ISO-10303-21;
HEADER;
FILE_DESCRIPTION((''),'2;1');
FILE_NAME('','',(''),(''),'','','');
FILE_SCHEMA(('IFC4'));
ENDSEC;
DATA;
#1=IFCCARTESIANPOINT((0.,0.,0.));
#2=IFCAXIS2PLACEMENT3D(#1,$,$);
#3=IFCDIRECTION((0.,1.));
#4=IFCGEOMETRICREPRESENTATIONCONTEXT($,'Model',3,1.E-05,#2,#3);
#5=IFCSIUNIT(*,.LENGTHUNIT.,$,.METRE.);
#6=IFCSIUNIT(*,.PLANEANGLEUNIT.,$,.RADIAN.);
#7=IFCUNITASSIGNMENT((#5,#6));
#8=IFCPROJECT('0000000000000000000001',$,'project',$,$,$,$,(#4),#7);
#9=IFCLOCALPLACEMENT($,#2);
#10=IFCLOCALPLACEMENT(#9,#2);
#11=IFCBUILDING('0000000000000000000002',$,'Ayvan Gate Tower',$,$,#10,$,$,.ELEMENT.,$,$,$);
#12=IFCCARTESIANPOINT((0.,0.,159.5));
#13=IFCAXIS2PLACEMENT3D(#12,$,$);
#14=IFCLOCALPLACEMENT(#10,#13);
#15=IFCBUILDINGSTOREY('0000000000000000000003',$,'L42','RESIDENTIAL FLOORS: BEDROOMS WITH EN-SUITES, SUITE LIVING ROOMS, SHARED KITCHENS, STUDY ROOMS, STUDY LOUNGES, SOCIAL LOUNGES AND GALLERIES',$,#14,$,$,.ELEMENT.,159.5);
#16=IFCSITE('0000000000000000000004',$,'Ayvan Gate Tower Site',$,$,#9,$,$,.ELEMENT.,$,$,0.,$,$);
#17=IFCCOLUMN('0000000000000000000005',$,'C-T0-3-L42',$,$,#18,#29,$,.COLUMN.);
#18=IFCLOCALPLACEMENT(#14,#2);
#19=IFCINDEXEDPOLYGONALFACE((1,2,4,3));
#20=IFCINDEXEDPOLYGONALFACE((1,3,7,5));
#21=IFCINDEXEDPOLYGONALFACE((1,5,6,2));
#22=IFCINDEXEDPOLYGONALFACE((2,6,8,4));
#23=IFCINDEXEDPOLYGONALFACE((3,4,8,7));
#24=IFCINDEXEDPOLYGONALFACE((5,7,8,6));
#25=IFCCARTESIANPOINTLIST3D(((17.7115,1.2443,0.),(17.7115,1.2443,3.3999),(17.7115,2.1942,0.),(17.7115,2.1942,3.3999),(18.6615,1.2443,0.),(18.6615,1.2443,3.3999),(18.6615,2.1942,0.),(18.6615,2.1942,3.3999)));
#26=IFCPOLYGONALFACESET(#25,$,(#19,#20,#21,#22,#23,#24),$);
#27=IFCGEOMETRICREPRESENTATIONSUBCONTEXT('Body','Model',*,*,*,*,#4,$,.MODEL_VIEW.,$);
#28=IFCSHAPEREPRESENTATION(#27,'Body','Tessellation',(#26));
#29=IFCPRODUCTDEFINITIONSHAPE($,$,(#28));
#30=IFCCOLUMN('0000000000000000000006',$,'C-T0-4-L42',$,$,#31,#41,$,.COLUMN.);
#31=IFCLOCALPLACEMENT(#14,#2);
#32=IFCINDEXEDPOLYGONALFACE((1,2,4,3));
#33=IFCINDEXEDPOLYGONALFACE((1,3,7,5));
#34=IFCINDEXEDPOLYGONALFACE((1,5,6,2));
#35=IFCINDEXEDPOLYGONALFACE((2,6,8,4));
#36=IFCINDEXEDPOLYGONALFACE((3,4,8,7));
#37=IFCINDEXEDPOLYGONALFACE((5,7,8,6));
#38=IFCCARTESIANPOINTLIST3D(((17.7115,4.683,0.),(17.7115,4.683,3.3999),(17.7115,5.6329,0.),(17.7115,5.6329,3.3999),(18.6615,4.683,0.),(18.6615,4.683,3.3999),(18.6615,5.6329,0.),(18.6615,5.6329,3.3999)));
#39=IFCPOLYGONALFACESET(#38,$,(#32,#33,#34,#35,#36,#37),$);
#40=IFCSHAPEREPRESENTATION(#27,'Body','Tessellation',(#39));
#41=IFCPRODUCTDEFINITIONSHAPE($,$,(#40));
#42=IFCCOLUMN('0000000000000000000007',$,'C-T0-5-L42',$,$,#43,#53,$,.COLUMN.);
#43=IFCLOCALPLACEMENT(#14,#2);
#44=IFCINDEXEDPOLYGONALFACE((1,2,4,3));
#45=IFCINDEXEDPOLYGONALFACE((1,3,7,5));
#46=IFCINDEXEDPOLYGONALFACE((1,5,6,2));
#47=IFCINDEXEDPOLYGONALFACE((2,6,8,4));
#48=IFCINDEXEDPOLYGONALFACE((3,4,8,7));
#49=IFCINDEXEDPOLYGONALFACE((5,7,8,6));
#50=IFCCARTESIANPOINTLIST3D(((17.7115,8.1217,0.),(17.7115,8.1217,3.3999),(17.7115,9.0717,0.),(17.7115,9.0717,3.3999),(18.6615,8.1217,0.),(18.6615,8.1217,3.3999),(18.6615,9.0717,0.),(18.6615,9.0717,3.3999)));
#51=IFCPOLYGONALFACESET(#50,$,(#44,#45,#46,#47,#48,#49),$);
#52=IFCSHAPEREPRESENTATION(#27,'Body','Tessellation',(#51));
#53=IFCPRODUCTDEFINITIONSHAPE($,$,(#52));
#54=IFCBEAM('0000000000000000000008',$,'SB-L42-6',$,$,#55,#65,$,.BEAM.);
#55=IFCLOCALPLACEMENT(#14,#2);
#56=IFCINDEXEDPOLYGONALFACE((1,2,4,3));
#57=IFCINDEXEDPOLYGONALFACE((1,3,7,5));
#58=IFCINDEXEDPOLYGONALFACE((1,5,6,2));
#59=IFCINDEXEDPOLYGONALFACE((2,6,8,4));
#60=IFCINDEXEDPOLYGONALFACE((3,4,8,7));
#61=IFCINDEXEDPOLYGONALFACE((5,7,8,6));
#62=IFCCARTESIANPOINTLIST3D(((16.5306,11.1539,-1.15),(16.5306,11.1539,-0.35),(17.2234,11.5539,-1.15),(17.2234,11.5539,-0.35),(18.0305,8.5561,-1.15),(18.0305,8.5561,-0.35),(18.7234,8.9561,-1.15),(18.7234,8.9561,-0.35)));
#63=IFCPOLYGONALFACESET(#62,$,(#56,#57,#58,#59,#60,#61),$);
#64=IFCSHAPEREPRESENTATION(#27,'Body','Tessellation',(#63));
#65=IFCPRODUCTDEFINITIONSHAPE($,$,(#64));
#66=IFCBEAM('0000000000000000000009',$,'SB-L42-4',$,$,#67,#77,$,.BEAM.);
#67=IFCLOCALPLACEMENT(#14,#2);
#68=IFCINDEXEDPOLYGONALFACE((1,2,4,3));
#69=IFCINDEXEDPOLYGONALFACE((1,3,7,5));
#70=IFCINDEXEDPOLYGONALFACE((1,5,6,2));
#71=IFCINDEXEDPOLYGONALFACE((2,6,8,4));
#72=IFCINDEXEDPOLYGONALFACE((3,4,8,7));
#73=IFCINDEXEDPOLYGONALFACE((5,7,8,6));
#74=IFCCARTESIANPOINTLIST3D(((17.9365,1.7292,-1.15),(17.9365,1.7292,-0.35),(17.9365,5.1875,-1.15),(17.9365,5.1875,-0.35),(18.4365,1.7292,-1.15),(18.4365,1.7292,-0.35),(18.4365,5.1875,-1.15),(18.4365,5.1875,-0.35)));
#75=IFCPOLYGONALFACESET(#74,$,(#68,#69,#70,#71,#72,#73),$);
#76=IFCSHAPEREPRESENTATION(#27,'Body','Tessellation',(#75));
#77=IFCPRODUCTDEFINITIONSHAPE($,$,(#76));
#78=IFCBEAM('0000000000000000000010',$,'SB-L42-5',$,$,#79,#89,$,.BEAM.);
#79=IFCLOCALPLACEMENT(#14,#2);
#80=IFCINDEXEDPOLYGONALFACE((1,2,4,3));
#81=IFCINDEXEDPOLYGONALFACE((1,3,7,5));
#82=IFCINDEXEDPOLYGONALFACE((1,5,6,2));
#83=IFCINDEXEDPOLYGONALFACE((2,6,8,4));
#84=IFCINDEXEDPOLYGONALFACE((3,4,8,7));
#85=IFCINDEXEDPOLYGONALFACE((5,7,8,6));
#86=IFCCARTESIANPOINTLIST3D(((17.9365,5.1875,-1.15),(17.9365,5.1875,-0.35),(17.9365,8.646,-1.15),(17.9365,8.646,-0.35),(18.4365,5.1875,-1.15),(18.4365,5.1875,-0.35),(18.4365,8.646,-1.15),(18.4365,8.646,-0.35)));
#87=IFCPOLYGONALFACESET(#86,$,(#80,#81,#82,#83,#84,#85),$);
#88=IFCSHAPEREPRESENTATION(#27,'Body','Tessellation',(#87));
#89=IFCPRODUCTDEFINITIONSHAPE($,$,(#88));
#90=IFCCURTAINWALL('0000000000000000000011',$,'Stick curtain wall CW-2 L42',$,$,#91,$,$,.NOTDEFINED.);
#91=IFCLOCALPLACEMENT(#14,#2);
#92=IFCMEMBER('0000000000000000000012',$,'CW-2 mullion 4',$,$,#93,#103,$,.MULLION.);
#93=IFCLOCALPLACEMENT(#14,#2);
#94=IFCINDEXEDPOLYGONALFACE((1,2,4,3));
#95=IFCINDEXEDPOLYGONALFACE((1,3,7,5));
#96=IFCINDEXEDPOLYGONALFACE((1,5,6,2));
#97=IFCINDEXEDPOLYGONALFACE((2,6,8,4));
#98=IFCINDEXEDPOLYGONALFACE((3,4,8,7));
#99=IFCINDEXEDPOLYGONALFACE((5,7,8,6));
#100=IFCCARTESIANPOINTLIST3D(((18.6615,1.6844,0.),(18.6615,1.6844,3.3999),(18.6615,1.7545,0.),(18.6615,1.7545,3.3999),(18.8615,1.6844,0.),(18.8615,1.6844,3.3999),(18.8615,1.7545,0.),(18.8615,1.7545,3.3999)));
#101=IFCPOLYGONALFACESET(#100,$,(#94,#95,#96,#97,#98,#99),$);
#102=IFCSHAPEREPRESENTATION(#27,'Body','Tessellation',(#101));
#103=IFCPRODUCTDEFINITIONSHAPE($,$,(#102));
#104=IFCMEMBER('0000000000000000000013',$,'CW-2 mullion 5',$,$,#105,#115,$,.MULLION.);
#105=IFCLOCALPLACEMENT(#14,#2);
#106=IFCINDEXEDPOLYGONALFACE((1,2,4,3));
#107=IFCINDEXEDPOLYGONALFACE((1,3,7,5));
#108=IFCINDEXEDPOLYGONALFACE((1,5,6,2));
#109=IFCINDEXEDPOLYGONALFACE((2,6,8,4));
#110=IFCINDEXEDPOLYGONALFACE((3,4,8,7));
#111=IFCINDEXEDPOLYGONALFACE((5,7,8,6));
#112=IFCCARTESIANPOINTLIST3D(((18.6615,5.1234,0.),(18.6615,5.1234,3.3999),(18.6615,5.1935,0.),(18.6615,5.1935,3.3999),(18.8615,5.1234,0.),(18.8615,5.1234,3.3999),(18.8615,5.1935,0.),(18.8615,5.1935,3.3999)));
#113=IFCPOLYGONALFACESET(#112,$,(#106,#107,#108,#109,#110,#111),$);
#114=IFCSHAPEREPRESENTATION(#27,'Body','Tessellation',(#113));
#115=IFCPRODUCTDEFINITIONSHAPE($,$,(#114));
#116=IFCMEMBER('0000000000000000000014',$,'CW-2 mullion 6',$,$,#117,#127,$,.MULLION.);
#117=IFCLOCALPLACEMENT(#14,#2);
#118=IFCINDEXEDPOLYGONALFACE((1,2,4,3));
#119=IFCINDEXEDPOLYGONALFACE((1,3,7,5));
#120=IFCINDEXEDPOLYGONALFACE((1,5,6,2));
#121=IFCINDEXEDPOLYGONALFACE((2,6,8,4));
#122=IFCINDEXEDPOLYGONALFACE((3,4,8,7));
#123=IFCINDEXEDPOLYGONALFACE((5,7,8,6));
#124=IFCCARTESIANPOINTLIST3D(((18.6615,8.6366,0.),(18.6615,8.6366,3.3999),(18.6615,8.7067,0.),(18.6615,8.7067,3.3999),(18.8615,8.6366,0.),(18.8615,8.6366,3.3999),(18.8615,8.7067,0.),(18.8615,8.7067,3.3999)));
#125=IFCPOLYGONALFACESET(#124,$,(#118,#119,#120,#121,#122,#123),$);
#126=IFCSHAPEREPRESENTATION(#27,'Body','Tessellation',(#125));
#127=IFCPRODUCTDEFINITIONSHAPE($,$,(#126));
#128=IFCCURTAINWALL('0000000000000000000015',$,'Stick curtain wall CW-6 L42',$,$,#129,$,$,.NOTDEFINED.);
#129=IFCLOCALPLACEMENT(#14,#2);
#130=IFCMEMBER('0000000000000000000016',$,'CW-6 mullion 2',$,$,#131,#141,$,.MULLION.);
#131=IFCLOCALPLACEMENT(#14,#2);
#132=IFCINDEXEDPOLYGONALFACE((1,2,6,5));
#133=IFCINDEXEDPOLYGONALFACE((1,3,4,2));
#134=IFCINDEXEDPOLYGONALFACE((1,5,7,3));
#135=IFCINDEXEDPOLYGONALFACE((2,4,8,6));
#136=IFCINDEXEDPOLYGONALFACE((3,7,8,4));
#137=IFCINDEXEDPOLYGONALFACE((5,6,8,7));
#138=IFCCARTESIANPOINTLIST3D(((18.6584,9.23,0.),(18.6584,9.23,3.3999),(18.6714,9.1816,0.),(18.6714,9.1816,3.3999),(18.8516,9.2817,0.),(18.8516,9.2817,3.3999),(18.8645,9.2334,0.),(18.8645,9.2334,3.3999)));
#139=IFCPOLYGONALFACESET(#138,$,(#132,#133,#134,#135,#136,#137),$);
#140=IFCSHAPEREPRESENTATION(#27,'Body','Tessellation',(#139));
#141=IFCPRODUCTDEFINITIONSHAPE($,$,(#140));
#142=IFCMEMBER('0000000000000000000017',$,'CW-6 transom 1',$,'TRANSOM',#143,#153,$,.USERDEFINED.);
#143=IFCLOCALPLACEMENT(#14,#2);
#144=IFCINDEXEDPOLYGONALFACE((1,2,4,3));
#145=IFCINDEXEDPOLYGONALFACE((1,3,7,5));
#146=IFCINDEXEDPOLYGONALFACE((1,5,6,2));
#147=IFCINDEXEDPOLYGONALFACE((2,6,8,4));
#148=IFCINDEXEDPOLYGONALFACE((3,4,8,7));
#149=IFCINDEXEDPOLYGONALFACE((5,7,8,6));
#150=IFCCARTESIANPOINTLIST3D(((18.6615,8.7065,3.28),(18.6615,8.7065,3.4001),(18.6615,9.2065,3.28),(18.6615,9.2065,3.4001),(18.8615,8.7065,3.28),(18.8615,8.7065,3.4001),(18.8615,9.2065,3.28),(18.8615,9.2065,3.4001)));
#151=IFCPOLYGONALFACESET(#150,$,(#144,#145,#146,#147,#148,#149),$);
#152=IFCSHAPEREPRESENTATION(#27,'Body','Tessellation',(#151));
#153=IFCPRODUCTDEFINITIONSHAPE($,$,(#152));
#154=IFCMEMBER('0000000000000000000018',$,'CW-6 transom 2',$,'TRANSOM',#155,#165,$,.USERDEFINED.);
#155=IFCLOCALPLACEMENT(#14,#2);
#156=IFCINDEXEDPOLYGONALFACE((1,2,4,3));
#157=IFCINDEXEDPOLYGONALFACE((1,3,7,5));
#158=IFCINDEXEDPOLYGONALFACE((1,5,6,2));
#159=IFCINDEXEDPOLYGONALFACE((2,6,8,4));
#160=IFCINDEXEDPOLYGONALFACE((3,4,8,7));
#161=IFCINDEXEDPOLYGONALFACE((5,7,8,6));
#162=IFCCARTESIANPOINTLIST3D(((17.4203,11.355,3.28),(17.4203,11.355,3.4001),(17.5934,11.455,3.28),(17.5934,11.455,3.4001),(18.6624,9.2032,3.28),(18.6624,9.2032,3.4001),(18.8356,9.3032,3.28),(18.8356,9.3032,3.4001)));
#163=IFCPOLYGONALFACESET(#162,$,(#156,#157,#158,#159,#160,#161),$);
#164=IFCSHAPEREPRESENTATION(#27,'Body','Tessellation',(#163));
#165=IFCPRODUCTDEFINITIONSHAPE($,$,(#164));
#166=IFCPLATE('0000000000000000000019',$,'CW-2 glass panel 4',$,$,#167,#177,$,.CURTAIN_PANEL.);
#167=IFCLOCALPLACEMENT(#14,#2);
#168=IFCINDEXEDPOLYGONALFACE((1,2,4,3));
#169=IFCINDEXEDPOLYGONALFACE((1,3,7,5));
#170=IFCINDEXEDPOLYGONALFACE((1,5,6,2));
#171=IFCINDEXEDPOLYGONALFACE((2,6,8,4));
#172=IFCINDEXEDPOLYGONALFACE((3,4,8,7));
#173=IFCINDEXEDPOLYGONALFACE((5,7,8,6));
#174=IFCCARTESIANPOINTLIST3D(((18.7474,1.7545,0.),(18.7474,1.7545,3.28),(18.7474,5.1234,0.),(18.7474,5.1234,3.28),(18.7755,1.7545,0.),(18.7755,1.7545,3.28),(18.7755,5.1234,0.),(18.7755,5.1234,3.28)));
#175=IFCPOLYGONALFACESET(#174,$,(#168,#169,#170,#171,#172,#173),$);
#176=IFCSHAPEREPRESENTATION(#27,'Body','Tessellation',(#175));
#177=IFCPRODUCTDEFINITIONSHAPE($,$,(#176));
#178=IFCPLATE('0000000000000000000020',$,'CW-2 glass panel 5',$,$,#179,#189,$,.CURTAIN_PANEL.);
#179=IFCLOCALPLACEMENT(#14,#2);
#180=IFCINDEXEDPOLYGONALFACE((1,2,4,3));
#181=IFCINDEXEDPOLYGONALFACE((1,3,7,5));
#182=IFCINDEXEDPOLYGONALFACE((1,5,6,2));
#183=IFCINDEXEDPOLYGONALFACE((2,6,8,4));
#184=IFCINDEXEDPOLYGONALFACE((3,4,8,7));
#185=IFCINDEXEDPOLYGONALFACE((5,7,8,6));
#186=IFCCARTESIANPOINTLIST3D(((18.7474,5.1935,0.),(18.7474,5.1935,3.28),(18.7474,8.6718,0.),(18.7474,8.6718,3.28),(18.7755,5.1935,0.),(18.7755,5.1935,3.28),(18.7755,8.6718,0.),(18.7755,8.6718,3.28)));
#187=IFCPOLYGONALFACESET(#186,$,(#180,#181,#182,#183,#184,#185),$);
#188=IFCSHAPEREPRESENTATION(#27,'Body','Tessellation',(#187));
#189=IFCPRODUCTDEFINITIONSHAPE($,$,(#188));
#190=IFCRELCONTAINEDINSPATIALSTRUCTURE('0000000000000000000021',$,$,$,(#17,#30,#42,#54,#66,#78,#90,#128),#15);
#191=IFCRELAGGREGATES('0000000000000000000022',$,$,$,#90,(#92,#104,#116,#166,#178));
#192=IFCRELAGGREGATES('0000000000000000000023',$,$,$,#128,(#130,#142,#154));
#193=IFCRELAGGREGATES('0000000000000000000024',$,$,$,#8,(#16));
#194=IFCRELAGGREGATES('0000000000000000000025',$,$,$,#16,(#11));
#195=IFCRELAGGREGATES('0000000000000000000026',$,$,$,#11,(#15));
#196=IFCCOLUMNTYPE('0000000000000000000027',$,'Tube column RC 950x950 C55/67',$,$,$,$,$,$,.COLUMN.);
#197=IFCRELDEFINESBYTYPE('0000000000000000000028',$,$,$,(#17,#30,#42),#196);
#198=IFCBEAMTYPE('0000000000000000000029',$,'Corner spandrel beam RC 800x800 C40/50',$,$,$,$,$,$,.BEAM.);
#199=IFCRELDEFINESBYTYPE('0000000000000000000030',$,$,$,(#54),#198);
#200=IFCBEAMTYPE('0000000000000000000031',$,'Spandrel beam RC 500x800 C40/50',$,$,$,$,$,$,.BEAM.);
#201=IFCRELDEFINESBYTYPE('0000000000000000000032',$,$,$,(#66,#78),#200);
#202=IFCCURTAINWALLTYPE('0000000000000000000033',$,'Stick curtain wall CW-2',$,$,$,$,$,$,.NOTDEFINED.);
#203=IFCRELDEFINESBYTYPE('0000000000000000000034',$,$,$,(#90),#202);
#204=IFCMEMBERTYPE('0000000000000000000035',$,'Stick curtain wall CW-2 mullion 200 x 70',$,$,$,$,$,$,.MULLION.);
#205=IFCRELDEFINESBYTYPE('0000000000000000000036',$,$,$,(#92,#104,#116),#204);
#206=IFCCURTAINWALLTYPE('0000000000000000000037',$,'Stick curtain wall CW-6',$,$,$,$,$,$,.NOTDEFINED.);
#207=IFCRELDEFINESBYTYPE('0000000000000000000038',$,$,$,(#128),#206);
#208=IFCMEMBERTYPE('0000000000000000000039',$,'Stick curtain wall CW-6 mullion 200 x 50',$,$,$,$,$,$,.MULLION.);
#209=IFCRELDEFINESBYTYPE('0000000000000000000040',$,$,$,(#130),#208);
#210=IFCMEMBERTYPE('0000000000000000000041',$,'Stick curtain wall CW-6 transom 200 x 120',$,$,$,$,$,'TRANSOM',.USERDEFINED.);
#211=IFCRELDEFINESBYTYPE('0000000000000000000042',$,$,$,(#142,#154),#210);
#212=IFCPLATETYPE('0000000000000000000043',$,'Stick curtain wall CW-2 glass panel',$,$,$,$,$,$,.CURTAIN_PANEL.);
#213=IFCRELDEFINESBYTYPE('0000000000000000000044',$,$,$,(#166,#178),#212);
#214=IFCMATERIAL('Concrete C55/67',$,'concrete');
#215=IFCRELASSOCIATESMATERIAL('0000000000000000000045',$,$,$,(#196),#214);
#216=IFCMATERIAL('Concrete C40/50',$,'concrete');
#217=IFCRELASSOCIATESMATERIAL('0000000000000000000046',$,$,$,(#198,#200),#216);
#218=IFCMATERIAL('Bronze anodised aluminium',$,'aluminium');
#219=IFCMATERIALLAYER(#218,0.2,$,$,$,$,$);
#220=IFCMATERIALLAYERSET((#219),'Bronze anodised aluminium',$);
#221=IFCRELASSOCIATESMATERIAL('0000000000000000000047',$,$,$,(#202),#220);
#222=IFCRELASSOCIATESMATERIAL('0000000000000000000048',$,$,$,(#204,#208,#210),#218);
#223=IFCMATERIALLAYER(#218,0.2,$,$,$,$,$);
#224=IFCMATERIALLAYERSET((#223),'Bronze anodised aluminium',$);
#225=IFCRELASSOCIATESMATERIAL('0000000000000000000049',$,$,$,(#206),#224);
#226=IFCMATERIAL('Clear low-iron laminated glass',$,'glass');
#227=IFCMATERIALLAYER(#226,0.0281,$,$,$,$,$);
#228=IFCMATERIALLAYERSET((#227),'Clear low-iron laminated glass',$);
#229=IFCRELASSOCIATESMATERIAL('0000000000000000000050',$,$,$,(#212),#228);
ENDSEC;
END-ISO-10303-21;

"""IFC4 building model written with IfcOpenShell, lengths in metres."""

from ifc_helpers import new_model, si_unit, direction, frame, origin, origin_2d, place, context, subcontext, project, spatial, rectangle, extrude, material, layer, layer_set, material_profile, profile_set, type_object, element, aggregate, save


model = new_model("IFC4")

# Units and contexts
model_context = context("Model", 3, precision=1e-05, world=origin(), true_north=direction((0.0, 1.0)))
body_context = subcontext(model_context, "Body", "Model", "MODEL_VIEW")
ifc_project = project(units=[si_unit("LENGTHUNIT", "METRE"), si_unit("PLANEANGLEUNIT", "RADIAN")], contexts=[model_context])

# Site, building, storey
site_placement = place(None, origin())
site = spatial("IfcSite", under=ifc_project, at=site_placement, Name="Ayvan Gate Tower Site", CompositionType="ELEMENT", RefElevation=0.0)
building_placement = place(site_placement, origin())
building = spatial("IfcBuilding", under=site, at=building_placement, Name="Ayvan Gate Tower", CompositionType="ELEMENT")
storey_placement = place(building_placement, frame((0.0, 0.0, 159.5)))
storey = spatial("IfcBuildingStorey", under=building, at=storey_placement, Name="L42", Description="RESIDENTIAL FLOORS: BEDROOMS WITH EN-SUITES, SUITE LIVING ROOMS, SHARED KITCHENS, STUDY ROOMS, STUDY LOUNGES, SOCIAL LOUNGES AND GALLERIES", CompositionType="ELEMENT", Elevation=159.5)

# Columns
ifc_material_1 = material(Name="Concrete C55/67", Category="concrete")
ifc_material_profile_1 = material_profile(ifc_material_1, rectangle(XDim=0.95, YDim=0.95, at=origin_2d()), Name="RC 950x950")
ifc_profile_set_1 = profile_set([ifc_material_profile_1], Name="Concrete C55/67")
column_type = type_object("IfcColumnType", Name="Tube column RC 950x950 C55/67", PredefinedType="COLUMN", material=ifc_profile_set_1)
for number, where, z_axis, x_axis, name in (
    (1, (18.1865, 1.7192, 0.0), (0.0, 0.0, 1.0), (1.0, 0.0, 0.0), "C-T0-3-L42"),
    (2, (18.1865, 5.158, 0.0), (0.0, 0.0, 1.0), (1.0, 0.0, 0.0), "C-T0-4-L42"),
    (3, (18.1865, 8.5967, 0.0), (0.0, 0.0, 1.0), (1.0, 0.0, 0.0), "C-T0-5-L42"),
):
    element("IfcColumn", number, at=place(storey_placement, frame(where, z_axis=z_axis, x_axis=x_axis)), inside=storey, type_object=column_type, Name=name, PredefinedType="COLUMN", context=body_context, shape_type="SweptSolid", body=[
        extrude(rectangle(XDim=0.95, YDim=0.95, at=origin_2d()), origin(), (0.0, 0.0, 1.0), 3.3999),
    ])

# Beams
ifc_material_2 = material(Name="Concrete C40/50", Category="concrete")
ifc_material_profile_2 = material_profile(ifc_material_2, rectangle(XDim=0.8, YDim=0.8, at=origin_2d()), Name="RC 800x800")
ifc_profile_set_2 = profile_set([ifc_material_profile_2], Name="Concrete C40/50")
beam_type_1 = type_object("IfcBeamType", Name="Corner spandrel beam RC 800x800 C40/50", PredefinedType="BEAM", material=ifc_profile_set_2)
beam_1_placement = place(storey_placement, frame((18.377, 8.7561, -0.75), z_axis=(-0.500025, 0.866011, 0.0), x_axis=(-0.866011, -0.500025, 0.0)))
element("IfcBeam", 4, at=beam_1_placement, inside=storey, type_object=beam_type_1, Name="SB-L42-6", PredefinedType="BEAM", context=body_context, shape_type="SweptSolid", body=[
    extrude(rectangle(XDim=0.8, YDim=0.8, at=origin_2d()), origin(), (0.0, 0.0, 1.0), 2.9998),
])
ifc_material_profile_3 = material_profile(ifc_material_2, rectangle(XDim=0.5, YDim=0.8, at=origin_2d()), Name="RC 500x800")
ifc_profile_set_3 = profile_set([ifc_material_profile_3], Name="Concrete C40/50")
beam_type_2 = type_object("IfcBeamType", Name="Spandrel beam RC 500x800 C40/50", PredefinedType="BEAM", material=ifc_profile_set_3)
beam_2_placement = place(storey_placement, frame((18.1865, 1.7292, -0.75), z_axis=(0.0, 1.0, 0.0), x_axis=(-1.0, 0.0, 0.0)))
element("IfcBeam", 5, at=beam_2_placement, inside=storey, type_object=beam_type_2, Name="SB-L42-4", PredefinedType="BEAM", context=body_context, shape_type="SweptSolid", body=[
    extrude(rectangle(XDim=0.5, YDim=0.8, at=origin_2d()), origin(), (0.0, 0.0, 1.0), 3.4583),
])
beam_3_placement = place(storey_placement, frame((18.1865, 5.1875, -0.75), z_axis=(0.0, 1.0, 0.0), x_axis=(-1.0, 0.0, 0.0)))
element("IfcBeam", 6, at=beam_3_placement, inside=storey, type_object=beam_type_2, Name="SB-L42-5", PredefinedType="BEAM", context=body_context, shape_type="SweptSolid", body=[
    extrude(rectangle(XDim=0.5, YDim=0.8, at=origin_2d()), origin(), (0.0, 0.0, 1.0), 3.4585),
])

# Curtain walls, members
ifc_material_3 = material(Name="Bronze anodised aluminium", Category="aluminium")
ifc_layer_1 = layer(ifc_material_3, 0.2)
ifc_layer_set_1 = layer_set([ifc_layer_1], Name="Bronze anodised aluminium")
curtain_wall_type_1 = type_object("IfcCurtainWallType", Name="Stick curtain wall CW-2", PredefinedType="NOTDEFINED", material=ifc_layer_set_1)
curtain_wall_1_placement = place(storey_placement, origin())
curtain_wall_1 = element("IfcCurtainWall", 7, at=curtain_wall_1_placement, inside=storey, type_object=curtain_wall_type_1, Name="Stick curtain wall CW-2 L42", PredefinedType="NOTDEFINED")
ifc_material_profile_4 = material_profile(ifc_material_3, rectangle(XDim=0.2, YDim=0.0701, at=origin_2d()), Name="Stick curtain wall CW-2 mullion 200 x 70")
ifc_profile_set_4 = profile_set([ifc_material_profile_4], Name="Bronze anodised aluminium")
member_type_1 = type_object("IfcMemberType", Name="Stick curtain wall CW-2 mullion 200 x 70", PredefinedType="MULLION", material=ifc_profile_set_4)
member_1_placement = place(storey_placement, frame((18.7615, 1.7195, 0.0), z_axis=(0.0, 0.0, 1.0), x_axis=(1.0, 0.0, 0.0)))
member_1 = element("IfcMember", 8, at=member_1_placement, type_object=member_type_1, Name="CW-2 mullion 4", PredefinedType="MULLION", context=body_context, shape_type="SweptSolid", body=[
    extrude(rectangle(XDim=0.2, YDim=0.0701, at=origin_2d()), origin(), (0.0, 0.0, 1.0), 3.3999),
])
member_2_placement = place(storey_placement, frame((18.7615, 5.1584, 0.0), z_axis=(0.0, 0.0, 1.0), x_axis=(1.0, 0.0, 0.0)))
member_2 = element("IfcMember", 9, at=member_2_placement, type_object=member_type_1, Name="CW-2 mullion 5", PredefinedType="MULLION", context=body_context, shape_type="SweptSolid", body=[
    extrude(rectangle(XDim=0.2, YDim=0.0701, at=origin_2d()), origin(), (0.0, 0.0, 1.0), 3.3999),
])
member_3_placement = place(storey_placement, frame((18.7615, 8.6716, 0.0), z_axis=(0.0, 0.0, 1.0), x_axis=(1.0, 0.0, 0.0)))
member_3 = element("IfcMember", 10, at=member_3_placement, type_object=member_type_1, Name="CW-2 mullion 6", PredefinedType="MULLION", context=body_context, shape_type="SweptSolid", body=[
    extrude(rectangle(XDim=0.2, YDim=0.0701, at=origin_2d()), origin(), (0.0, 0.0, 1.0), 3.3999),
])
ifc_layer_2 = layer(ifc_material_3, 0.2)
ifc_layer_set_2 = layer_set([ifc_layer_2], Name="Bronze anodised aluminium")
curtain_wall_type_2 = type_object("IfcCurtainWallType", Name="Stick curtain wall CW-6", PredefinedType="NOTDEFINED", material=ifc_layer_set_2)
curtain_wall_2_placement = place(storey_placement, origin())
curtain_wall_2 = element("IfcCurtainWall", 11, at=curtain_wall_2_placement, inside=storey, type_object=curtain_wall_type_2, Name="Stick curtain wall CW-6 L42", PredefinedType="NOTDEFINED")
ifc_material_profile_5 = material_profile(ifc_material_3, rectangle(XDim=0.2, YDim=0.05, at=origin_2d()), Name="Stick curtain wall CW-6 mullion 200 x 50")
ifc_profile_set_5 = profile_set([ifc_material_profile_5], Name="Bronze anodised aluminium")
member_type_2 = type_object("IfcMemberType", Name="Stick curtain wall CW-6 mullion 200 x 50", PredefinedType="MULLION", material=ifc_profile_set_5)
member_4_placement = place(storey_placement, frame((18.7615, 9.2317, 0.0), z_axis=(0.0, 0.0, 1.0), x_axis=(0.965926, 0.258819, 0.0)))
member_4 = element("IfcMember", 12, at=member_4_placement, type_object=member_type_2, Name="CW-6 mullion 2", PredefinedType="MULLION", context=body_context, shape_type="SweptSolid", body=[
    extrude(rectangle(XDim=0.2, YDim=0.05, at=origin_2d()), origin(), (0.0, 0.0, 1.0), 3.3999),
])
ifc_material_profile_6 = material_profile(ifc_material_3, rectangle(XDim=0.2, YDim=0.1201, at=origin_2d()), Name="Stick curtain wall CW-6 transom 200 x 120")
ifc_profile_set_6 = profile_set([ifc_material_profile_6], Name="Bronze anodised aluminium")
member_type_3 = type_object("IfcMemberType", Name="Stick curtain wall CW-6 transom 200 x 120", ElementType="TRANSOM", PredefinedType="USERDEFINED", material=ifc_profile_set_6)
member_5_placement = place(storey_placement, frame((18.7615, 8.7065, 3.3401), z_axis=(0.0, 1.0, 0.0), x_axis=(-1.0, 0.0, 0.0)))
member_5 = element("IfcMember", 13, at=member_5_placement, type_object=member_type_3, Name="CW-6 transom 1", ObjectType="TRANSOM", PredefinedType="USERDEFINED", context=body_context, shape_type="SweptSolid", body=[
    extrude(rectangle(XDim=0.2, YDim=0.1201, at=origin_2d()), origin(), (0.0, 0.0, 1.0), 0.5),
])
member_6_placement = place(storey_placement, frame((18.749, 9.2532, 3.3401), z_axis=(-0.499944, 0.866058, 0.0), x_axis=(-0.866058, -0.499944, 0.0)))
member_6 = element("IfcMember", 14, at=member_6_placement, type_object=member_type_3, Name="CW-6 transom 2", ObjectType="TRANSOM", PredefinedType="USERDEFINED", context=body_context, shape_type="SweptSolid", body=[
    extrude(rectangle(XDim=0.2, YDim=0.1201, at=origin_2d()), origin(), (0.0, 0.0, 1.0), 2.4846),
])

# Plates
ifc_material_4 = material(Name="Clear low-iron laminated glass", Category="glass")
ifc_layer_3 = layer(ifc_material_4, 0.0281)
ifc_layer_set_3 = layer_set([ifc_layer_3], Name="Clear low-iron laminated glass")
plate_type_1 = type_object("IfcPlateType", Name="Stick curtain wall CW-2 glass panel", PredefinedType="CURTAIN_PANEL", material=ifc_layer_set_3)
plate_1_placement = place(storey_placement, frame((18.7615, 3.439, 0.0), z_axis=(0.0, 0.0, 1.0), x_axis=(0.0, 1.0, 0.0)))
plate_1 = element("IfcPlate", 15, at=plate_1_placement, type_object=plate_type_1, Name="CW-2 glass panel 4", PredefinedType="CURTAIN_PANEL", context=body_context, shape_type="SweptSolid", body=[
    extrude(rectangle(XDim=3.3689, YDim=0.0281, at=origin_2d()), origin(), (0.0, 0.0, 1.0), 3.28),
])
plate_2_placement = place(storey_placement, frame((18.7615, 6.9326, 0.0), z_axis=(0.0, 0.0, 1.0), x_axis=(0.0, 1.0, 0.0)))
plate_2 = element("IfcPlate", 16, at=plate_2_placement, type_object=plate_type_1, Name="CW-2 glass panel 5", PredefinedType="CURTAIN_PANEL", context=body_context, shape_type="SweptSolid", body=[
    extrude(rectangle(XDim=3.4783, YDim=0.0281, at=origin_2d()), origin(), (0.0, 0.0, 1.0), 3.28),
])
aggregate(curtain_wall_1, [member_1, member_2, member_3, plate_1, plate_2])
aggregate(curtain_wall_2, [member_4, member_5, member_6])

save(model, "model.ifc")
